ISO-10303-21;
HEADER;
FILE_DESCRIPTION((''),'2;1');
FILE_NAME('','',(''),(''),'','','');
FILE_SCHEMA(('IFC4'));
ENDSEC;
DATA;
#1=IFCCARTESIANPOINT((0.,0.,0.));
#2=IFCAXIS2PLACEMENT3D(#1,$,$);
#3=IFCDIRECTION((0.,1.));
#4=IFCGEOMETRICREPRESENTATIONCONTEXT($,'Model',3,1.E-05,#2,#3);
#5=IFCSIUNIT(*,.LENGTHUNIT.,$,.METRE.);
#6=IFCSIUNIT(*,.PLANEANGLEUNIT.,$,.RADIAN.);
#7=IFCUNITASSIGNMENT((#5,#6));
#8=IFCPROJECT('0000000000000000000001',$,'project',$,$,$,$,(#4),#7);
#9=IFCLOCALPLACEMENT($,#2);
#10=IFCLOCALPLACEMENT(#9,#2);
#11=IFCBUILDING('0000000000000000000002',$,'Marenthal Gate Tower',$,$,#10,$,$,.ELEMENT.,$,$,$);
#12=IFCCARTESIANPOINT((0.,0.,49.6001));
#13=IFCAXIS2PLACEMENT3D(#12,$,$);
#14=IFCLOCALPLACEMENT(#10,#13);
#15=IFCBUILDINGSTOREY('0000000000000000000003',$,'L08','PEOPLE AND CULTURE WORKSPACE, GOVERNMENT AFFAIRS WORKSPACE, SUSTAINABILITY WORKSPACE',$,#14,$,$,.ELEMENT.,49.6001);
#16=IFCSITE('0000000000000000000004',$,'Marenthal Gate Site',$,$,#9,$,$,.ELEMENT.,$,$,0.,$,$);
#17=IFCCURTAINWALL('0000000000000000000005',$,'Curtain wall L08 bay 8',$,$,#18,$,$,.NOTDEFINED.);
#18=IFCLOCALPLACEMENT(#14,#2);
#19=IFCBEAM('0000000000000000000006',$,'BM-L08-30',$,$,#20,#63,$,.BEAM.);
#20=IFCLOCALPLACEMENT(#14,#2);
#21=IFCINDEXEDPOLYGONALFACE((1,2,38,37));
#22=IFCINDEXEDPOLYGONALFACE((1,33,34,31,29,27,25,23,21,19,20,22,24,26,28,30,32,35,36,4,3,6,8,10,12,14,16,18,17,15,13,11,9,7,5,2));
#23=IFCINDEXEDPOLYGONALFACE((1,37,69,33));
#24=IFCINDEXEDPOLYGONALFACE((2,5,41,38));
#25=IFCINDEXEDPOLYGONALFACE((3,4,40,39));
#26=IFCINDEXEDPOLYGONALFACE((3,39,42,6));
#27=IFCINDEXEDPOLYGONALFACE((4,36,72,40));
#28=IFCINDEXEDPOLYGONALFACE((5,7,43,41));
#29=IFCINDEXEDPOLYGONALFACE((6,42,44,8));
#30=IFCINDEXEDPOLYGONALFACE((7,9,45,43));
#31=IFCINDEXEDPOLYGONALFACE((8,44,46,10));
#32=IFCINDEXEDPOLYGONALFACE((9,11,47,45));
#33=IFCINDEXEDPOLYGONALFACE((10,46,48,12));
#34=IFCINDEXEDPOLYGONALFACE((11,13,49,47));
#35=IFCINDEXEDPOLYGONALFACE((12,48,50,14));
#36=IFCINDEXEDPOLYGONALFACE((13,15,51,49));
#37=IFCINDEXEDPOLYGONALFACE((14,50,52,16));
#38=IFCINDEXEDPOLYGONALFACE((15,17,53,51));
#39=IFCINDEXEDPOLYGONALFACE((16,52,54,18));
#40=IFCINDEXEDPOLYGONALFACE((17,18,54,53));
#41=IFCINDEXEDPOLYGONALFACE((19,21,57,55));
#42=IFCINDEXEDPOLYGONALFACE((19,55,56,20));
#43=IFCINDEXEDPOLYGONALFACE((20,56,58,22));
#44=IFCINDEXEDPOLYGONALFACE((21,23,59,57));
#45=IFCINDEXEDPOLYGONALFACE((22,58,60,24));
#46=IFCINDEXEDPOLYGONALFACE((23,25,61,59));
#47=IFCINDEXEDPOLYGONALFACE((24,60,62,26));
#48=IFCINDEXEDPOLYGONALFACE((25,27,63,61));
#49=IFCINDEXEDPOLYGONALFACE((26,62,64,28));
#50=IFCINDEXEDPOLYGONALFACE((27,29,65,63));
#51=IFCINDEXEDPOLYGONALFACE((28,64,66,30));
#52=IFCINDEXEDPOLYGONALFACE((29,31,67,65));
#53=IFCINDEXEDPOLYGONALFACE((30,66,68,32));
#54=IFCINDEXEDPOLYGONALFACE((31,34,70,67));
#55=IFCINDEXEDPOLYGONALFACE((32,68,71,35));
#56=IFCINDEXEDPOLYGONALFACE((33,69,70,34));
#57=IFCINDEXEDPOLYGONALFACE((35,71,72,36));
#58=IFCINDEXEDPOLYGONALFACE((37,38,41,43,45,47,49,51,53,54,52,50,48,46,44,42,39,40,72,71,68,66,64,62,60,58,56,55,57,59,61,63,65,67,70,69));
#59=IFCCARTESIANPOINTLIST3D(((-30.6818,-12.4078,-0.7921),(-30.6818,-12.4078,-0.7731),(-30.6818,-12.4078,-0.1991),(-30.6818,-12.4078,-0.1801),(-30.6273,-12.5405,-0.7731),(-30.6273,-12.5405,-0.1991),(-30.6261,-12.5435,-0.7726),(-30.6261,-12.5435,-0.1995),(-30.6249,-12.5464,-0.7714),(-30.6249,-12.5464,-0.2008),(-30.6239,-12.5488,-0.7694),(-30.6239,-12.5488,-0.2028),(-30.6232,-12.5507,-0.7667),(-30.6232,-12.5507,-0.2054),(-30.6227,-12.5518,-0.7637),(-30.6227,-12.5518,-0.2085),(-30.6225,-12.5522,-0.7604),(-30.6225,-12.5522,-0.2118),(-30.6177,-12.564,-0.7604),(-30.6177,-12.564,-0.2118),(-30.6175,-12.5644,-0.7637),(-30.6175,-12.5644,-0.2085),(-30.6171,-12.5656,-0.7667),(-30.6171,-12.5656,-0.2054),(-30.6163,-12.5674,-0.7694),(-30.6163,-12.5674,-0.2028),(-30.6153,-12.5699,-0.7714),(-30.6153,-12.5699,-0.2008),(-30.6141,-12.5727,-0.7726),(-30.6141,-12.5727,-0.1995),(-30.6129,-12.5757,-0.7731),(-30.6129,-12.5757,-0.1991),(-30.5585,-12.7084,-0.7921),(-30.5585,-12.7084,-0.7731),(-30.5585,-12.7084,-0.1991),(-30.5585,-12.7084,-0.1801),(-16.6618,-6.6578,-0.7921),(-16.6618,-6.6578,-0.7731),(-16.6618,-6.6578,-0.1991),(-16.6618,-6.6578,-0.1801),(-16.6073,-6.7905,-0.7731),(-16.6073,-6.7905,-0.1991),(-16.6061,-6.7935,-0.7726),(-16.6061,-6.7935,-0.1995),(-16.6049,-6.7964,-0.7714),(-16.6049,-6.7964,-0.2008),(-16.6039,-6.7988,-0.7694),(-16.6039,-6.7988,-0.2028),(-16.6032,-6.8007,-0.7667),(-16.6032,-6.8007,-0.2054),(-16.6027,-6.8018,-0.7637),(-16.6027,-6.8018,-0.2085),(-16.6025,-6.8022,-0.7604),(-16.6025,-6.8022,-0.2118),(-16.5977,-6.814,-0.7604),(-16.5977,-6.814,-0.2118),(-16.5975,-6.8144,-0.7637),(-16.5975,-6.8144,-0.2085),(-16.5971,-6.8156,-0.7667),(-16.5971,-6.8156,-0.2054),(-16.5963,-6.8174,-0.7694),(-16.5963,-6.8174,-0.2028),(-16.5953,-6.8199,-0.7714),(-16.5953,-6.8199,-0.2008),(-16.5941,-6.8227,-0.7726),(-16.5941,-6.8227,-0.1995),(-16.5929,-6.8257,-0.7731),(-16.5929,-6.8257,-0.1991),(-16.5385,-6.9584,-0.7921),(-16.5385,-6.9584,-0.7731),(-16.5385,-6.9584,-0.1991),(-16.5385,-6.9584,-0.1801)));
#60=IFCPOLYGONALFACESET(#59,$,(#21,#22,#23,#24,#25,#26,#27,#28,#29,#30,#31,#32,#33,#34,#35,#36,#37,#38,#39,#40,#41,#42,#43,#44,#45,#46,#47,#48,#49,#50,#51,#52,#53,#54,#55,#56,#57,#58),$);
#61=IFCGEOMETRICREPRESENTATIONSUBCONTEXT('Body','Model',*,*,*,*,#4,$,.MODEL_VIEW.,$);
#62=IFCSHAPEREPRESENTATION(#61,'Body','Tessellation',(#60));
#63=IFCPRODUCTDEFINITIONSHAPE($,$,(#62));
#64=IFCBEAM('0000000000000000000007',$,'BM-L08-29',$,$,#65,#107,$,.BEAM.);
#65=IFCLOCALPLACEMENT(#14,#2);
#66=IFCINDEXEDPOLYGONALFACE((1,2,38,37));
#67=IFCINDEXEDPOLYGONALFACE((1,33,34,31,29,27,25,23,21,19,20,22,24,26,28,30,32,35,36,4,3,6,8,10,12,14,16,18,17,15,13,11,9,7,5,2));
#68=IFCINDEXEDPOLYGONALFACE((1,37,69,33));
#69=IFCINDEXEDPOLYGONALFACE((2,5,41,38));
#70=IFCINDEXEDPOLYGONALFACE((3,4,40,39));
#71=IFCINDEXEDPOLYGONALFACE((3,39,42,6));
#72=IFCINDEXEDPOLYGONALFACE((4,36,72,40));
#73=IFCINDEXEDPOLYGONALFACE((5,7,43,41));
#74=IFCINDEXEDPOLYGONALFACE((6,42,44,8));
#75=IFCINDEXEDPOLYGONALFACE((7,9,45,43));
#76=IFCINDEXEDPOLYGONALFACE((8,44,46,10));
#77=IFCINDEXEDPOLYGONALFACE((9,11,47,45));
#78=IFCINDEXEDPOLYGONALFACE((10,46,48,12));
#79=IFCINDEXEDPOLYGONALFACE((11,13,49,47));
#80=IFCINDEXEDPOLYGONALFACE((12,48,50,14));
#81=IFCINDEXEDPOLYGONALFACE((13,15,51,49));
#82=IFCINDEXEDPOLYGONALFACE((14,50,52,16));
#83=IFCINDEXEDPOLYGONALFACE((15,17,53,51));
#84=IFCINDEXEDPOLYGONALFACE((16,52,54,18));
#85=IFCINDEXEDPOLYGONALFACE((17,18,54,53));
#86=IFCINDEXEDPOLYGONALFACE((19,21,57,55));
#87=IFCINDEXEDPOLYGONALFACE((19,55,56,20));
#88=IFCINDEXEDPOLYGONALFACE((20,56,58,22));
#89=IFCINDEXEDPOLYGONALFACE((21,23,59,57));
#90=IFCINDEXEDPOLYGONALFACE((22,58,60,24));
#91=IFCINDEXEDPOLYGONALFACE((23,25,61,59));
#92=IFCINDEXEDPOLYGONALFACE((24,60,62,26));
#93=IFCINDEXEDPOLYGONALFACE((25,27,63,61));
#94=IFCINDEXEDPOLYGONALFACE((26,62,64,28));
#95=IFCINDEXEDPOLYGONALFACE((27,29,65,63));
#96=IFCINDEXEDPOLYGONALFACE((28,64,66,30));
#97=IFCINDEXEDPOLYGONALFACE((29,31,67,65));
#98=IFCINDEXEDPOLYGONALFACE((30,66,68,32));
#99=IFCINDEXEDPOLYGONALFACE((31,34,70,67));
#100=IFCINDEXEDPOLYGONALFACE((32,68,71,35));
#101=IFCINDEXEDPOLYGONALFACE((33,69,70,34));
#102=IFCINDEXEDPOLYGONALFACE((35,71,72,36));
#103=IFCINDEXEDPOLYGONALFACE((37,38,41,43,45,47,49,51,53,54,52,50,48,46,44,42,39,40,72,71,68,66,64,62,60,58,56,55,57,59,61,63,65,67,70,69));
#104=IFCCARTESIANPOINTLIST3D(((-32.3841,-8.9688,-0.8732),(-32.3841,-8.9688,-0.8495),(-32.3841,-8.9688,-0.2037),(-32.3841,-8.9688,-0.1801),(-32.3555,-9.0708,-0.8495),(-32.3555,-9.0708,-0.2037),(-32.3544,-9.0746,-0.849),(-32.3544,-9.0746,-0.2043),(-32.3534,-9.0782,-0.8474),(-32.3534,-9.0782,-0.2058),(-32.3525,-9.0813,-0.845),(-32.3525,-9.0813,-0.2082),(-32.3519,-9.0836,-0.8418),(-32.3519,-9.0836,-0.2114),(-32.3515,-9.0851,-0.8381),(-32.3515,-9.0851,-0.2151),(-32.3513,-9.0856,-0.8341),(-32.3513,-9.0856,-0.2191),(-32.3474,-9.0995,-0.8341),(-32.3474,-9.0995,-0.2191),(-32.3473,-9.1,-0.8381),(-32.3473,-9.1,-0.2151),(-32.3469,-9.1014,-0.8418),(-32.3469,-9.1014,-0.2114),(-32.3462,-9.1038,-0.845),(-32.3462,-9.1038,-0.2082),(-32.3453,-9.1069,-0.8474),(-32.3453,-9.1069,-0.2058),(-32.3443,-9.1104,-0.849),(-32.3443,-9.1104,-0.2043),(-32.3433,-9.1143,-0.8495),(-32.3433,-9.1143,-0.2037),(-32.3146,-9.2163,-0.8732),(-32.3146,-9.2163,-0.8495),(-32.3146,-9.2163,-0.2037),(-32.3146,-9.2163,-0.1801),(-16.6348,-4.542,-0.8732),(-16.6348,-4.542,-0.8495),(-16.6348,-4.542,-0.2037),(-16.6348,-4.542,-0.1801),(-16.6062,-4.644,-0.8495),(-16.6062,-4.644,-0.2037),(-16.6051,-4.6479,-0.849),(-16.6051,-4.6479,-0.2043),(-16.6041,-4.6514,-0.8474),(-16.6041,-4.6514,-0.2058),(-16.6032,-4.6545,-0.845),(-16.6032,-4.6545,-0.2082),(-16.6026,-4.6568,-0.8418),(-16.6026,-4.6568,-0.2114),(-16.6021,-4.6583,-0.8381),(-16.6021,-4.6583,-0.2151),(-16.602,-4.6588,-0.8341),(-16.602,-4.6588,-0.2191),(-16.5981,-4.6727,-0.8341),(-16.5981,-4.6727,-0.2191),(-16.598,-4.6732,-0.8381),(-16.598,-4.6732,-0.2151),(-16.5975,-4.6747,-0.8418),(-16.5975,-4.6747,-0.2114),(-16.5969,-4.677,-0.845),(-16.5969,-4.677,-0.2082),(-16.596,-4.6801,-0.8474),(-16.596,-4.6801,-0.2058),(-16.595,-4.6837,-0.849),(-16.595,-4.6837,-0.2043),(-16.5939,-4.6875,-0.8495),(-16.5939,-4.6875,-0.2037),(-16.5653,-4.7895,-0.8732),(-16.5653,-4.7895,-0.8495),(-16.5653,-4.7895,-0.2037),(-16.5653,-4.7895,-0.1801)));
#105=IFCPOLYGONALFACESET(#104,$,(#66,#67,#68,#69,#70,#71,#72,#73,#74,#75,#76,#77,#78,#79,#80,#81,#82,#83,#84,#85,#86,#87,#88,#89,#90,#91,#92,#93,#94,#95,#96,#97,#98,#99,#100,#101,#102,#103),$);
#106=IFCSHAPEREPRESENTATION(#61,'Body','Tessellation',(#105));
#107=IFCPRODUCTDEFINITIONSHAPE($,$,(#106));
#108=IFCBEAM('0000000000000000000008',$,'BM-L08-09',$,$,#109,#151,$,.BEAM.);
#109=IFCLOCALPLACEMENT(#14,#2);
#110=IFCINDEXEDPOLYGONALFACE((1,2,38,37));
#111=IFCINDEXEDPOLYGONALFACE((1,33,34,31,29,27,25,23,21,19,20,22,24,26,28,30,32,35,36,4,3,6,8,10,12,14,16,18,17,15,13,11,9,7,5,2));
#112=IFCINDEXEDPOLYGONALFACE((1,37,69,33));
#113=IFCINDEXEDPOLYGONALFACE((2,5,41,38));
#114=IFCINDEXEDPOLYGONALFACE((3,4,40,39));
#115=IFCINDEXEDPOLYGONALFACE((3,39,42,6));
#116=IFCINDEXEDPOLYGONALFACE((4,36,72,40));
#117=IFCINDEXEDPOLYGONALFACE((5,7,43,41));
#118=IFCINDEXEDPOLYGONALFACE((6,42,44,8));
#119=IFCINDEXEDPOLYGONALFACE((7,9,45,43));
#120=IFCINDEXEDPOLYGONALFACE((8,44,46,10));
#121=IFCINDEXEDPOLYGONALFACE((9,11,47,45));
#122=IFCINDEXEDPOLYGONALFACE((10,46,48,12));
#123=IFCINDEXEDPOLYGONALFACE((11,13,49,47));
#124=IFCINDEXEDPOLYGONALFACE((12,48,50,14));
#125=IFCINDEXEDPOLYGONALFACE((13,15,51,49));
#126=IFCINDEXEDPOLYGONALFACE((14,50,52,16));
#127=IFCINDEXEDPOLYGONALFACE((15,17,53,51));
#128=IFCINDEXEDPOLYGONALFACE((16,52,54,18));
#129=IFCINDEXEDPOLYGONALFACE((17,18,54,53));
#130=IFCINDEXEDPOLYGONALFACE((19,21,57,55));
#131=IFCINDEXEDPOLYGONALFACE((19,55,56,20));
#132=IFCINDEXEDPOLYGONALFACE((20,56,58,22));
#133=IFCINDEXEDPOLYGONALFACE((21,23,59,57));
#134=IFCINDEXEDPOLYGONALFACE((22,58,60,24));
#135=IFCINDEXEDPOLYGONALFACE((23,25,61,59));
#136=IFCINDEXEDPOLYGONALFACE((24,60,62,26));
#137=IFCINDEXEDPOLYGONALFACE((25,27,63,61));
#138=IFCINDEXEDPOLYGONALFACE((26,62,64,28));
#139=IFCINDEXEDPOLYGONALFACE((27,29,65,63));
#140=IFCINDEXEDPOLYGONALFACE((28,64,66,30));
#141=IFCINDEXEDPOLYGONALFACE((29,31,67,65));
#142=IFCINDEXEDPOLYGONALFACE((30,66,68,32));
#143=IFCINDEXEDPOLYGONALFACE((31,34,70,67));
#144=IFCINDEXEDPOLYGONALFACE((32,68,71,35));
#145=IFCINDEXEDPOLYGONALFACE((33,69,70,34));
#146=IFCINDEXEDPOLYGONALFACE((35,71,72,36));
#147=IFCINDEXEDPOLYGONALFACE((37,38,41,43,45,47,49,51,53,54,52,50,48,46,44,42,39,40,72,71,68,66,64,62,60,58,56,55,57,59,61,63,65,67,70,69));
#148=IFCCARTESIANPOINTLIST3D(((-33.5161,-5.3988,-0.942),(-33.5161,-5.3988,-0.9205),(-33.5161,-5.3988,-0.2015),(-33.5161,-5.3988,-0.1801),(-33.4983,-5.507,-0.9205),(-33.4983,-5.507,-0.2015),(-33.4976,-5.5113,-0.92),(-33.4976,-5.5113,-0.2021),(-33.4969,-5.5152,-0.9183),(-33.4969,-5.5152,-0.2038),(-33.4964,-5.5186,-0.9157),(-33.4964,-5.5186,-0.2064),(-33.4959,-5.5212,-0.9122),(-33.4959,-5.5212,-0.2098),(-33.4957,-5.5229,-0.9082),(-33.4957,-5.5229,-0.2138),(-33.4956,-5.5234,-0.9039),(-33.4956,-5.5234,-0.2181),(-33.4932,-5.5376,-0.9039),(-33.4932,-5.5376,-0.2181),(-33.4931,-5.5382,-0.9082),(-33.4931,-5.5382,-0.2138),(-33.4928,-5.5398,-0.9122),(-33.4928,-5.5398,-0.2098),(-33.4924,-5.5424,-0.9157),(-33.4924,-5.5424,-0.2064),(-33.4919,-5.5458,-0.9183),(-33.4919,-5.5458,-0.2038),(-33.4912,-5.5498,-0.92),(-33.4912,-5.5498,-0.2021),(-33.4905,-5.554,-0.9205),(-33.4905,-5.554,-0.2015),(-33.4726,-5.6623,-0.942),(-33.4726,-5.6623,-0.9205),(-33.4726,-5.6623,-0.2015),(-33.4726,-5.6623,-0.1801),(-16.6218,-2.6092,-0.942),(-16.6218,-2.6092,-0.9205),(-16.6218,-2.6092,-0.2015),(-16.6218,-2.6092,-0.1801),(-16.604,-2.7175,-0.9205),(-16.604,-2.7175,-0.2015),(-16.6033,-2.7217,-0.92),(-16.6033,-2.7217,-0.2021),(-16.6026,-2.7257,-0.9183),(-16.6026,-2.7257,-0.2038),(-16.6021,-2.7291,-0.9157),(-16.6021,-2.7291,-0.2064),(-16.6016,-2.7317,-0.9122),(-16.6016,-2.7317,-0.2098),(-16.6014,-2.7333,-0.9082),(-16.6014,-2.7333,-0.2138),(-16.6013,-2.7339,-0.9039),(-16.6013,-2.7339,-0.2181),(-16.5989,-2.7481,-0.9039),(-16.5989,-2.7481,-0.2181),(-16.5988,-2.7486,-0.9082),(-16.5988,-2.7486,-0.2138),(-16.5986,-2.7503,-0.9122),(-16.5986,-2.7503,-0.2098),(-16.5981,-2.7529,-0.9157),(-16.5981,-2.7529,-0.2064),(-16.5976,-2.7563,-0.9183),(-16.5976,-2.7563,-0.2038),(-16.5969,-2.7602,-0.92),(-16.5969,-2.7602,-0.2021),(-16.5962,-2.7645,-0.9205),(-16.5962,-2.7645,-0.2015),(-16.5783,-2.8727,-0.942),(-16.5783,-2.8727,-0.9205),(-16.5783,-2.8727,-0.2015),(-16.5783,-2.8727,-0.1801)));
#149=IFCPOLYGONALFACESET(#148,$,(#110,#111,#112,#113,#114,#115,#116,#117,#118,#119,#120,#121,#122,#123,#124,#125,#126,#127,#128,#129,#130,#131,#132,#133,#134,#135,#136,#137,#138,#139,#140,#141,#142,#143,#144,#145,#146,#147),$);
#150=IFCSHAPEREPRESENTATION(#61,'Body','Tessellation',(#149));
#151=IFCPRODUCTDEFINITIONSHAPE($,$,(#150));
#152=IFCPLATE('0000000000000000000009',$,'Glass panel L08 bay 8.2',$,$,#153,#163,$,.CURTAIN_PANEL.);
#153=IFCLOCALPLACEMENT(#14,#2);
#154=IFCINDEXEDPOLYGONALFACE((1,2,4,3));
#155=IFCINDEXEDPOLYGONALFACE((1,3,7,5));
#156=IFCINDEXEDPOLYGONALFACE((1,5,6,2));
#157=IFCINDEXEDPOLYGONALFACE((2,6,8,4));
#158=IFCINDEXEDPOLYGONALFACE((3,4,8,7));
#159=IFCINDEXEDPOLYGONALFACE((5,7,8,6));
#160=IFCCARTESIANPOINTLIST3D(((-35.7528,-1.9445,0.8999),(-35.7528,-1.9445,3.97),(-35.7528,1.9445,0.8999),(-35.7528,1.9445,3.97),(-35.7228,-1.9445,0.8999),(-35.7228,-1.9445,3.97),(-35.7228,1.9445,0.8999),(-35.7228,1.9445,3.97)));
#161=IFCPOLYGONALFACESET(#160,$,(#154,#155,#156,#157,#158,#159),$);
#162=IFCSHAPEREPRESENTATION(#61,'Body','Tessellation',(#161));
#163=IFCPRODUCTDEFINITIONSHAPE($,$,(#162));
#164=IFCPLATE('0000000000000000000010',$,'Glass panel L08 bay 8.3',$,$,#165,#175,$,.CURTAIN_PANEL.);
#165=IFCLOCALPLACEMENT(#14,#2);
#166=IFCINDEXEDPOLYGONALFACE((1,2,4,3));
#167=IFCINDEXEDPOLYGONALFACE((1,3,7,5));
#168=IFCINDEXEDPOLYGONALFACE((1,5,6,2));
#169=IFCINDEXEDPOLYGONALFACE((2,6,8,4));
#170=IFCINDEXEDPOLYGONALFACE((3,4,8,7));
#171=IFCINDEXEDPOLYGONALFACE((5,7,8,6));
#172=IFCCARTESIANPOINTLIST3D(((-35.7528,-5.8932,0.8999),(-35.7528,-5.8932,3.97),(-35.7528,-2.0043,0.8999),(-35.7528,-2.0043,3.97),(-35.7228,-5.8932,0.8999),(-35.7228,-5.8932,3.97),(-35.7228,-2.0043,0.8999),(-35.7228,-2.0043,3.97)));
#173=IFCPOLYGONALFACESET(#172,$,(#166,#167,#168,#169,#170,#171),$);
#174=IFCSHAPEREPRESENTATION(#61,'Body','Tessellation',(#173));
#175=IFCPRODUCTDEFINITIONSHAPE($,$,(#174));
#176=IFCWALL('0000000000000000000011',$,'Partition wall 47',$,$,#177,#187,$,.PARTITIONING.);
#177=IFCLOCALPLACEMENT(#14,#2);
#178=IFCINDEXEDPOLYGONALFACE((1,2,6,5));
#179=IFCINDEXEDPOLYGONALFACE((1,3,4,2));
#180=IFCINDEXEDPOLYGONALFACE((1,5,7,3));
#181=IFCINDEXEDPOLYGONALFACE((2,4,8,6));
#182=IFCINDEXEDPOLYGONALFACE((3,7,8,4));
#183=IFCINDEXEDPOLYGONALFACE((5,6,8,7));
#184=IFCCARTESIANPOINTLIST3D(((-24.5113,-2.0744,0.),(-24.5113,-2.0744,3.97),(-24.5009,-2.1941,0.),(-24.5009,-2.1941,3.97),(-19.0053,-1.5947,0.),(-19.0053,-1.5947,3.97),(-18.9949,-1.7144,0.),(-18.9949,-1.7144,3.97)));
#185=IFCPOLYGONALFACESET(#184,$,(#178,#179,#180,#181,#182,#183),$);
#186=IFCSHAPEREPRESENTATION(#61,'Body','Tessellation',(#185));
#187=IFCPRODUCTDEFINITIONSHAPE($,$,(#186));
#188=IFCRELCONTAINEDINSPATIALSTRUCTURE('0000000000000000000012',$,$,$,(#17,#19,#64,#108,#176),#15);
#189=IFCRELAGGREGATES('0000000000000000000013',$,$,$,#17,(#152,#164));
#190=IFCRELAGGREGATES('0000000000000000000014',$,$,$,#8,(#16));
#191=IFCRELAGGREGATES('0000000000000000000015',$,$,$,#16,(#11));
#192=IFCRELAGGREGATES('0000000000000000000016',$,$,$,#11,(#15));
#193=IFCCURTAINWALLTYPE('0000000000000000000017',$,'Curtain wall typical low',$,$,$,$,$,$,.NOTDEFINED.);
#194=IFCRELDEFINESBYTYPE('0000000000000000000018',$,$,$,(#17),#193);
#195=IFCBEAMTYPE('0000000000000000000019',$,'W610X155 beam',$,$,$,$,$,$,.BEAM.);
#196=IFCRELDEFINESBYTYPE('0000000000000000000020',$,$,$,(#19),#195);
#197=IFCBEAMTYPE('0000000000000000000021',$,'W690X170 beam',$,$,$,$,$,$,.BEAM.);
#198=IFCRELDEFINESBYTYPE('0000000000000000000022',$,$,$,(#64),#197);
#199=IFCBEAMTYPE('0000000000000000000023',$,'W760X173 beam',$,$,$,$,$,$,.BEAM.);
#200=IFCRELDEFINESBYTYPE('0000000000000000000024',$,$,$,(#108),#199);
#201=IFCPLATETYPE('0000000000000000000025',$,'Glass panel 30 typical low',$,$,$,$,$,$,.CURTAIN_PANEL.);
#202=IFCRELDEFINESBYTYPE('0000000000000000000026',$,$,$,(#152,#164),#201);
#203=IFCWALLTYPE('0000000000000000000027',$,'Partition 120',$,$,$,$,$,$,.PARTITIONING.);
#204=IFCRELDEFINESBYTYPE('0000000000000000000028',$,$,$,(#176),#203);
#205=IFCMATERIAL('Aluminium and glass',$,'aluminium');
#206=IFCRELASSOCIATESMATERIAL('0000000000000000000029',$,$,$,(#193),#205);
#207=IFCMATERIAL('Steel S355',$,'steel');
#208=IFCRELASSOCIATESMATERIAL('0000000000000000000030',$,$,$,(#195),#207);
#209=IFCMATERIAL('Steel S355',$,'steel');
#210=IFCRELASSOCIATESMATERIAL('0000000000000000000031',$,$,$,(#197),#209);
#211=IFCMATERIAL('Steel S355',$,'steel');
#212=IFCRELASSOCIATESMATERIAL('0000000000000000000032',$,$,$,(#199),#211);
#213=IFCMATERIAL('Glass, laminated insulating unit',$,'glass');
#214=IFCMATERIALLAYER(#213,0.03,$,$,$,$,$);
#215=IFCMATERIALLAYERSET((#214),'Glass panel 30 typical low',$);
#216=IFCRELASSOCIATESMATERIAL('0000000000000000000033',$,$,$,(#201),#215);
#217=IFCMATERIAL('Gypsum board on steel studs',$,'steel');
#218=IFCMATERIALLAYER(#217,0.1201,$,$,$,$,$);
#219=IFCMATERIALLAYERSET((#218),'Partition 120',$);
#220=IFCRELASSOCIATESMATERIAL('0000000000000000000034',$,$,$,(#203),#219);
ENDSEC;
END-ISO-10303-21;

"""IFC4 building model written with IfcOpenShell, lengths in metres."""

from ifc_helpers import new_model, si_unit, direction, frame, frame_2d, origin, origin_2d, place, context, subcontext, project, spatial, rectangle, i_section, extrude, material, layer, layer_set, material_profile, profile_set, type_object, element, aggregate, save


model = new_model("IFC4")

# Units and contexts
model_context = context("Model", 3, precision=1e-05, world=origin(), true_north=direction((0.0, 1.0)))
body_context = subcontext(model_context, "Body", "Model", "MODEL_VIEW")
ifc_project = project(units=[si_unit("LENGTHUNIT", "METRE"), si_unit("PLANEANGLEUNIT", "RADIAN")], contexts=[model_context])

# Site, building, storey
site_placement = place(None, origin())
site = spatial("IfcSite", under=ifc_project, at=site_placement, Name="Marenthal Gate Site", CompositionType="ELEMENT", RefElevation=0.0)
building_placement = place(site_placement, origin())
building = spatial("IfcBuilding", under=site, at=building_placement, Name="Marenthal Gate Tower", CompositionType="ELEMENT")
storey_placement = place(building_placement, frame((0.0, 0.0, 49.6001)))
storey = spatial("IfcBuildingStorey", under=building, at=storey_placement, Name="L08", Description="PEOPLE AND CULTURE WORKSPACE, GOVERNMENT AFFAIRS WORKSPACE, SUSTAINABILITY WORKSPACE", CompositionType="ELEMENT", Elevation=49.6001)

# Curtain wall
ifc_material_1 = material(Name="Aluminium and glass", Category="aluminium")
curtain_wall_type = type_object("IfcCurtainWallType", Name="Curtain wall typical low", PredefinedType="NOTDEFINED", material=ifc_material_1)
curtain_wall_placement = place(storey_placement, origin())
curtain_wall = element("IfcCurtainWall", 1, at=curtain_wall_placement, inside=storey, type_object=curtain_wall_type, Name="Curtain wall L08 bay 8", PredefinedType="NOTDEFINED")

# Beams
ifc_material_2 = material(Name="Steel S355", Category="steel")
ifc_material_profile_1 = material_profile(ifc_material_2, i_section(OverallWidth=0.325, OverallDepth=0.6121, WebThickness=0.0127, FlangeThickness=0.019, FilletRadius=0.0127, at=origin_2d()), Name="W610X155")
ifc_profile_set_1 = profile_set([ifc_material_profile_1], Name="Steel S355")
beam_type_1 = type_object("IfcBeamType", Name="W610X155 beam", PredefinedType="BEAM", material=ifc_profile_set_1)
beam_1_placement = place(storey_placement, frame((-30.6201, -12.5581, -0.4861), z_axis=(0.92521, 0.379455, 0.0), x_axis=(-0.379455, 0.92521, 0.0)))
element("IfcBeam", 2, at=beam_1_placement, inside=storey, type_object=beam_type_1, Name="BM-L08-30", PredefinedType="BEAM", context=body_context, shape_type="SweptSolid", body=[
    extrude(i_section(OverallWidth=0.325, OverallDepth=0.6121, WebThickness=0.0127, FlangeThickness=0.019, FilletRadius=0.0127, at=origin_2d()), origin(), (0.0, 0.0, 1.0), 15.1533),
])
ifc_material_3 = material(Name="Steel S355", Category="steel")
ifc_material_profile_2 = material_profile(ifc_material_3, i_section(OverallWidth=0.2571, OverallDepth=0.6931, WebThickness=0.0144, FlangeThickness=0.0237, FilletRadius=0.0154, at=origin_2d()), Name="W690X170")
ifc_profile_set_2 = profile_set([ifc_material_profile_2], Name="Steel S355")
beam_type_2 = type_object("IfcBeamType", Name="W690X170 beam", PredefinedType="BEAM", material=ifc_profile_set_2)
beam_2_placement = place(storey_placement, frame((-32.3494, -9.0925, -0.5266), z_axis=(0.962694, 0.270591, 0.0), x_axis=(-0.270591, 0.962694, 0.0)))
element("IfcBeam", 3, at=beam_2_placement, inside=storey, type_object=beam_type_2, Name="BM-L08-29", PredefinedType="BEAM", context=body_context, shape_type="SweptSolid", body=[
    extrude(i_section(OverallWidth=0.2571, OverallDepth=0.6931, WebThickness=0.0144, FlangeThickness=0.0237, FilletRadius=0.0154, at=origin_2d()), origin(), (0.0, 0.0, 1.0), 16.3596),
])
ifc_material_4 = material(Name="Steel S355", Category="steel")
ifc_material_profile_3 = material_profile(ifc_material_4, i_section(OverallWidth=0.2671, OverallDepth=0.762, WebThickness=0.0144, FlangeThickness=0.0215, FilletRadius=0.0166, at=origin_2d()), Name="W760X173")
ifc_profile_set_3 = profile_set([ifc_material_profile_3], Name="Steel S355")
beam_type_3 = type_object("IfcBeamType", Name="W760X173 beam", PredefinedType="BEAM", material=ifc_profile_set_3)
beam_3_placement = place(storey_placement, frame((-33.4944, -5.5305, -0.561), z_axis=(0.986641, 0.162912, 0.0), x_axis=(-0.162912, 0.986641, 0.0)))
element("IfcBeam", 4, at=beam_3_placement, inside=storey, type_object=beam_type_3, Name="BM-L08-09", PredefinedType="BEAM", context=body_context, shape_type="SweptSolid", body=[
    extrude(i_section(OverallWidth=0.2671, OverallDepth=0.762, WebThickness=0.0144, FlangeThickness=0.0215, FilletRadius=0.0166, at=origin_2d()), origin(), (0.0, 0.0, 1.0), 17.123),
])

# Plates
ifc_material_5 = material(Name="Glass, laminated insulating unit", Category="glass")
ifc_layer_1 = layer(ifc_material_5, 0.03)
ifc_layer_set_1 = layer_set([ifc_layer_1], Name="Glass panel 30 typical low")
plate_type = type_object("IfcPlateType", Name="Glass panel 30 typical low", PredefinedType="CURTAIN_PANEL", material=ifc_layer_set_1)
plate_1_placement = place(storey_placement, frame((-35.7378, 0.0, 0.8999), z_axis=(0.0, 0.0, 1.0), x_axis=(0.0, -1.0, 0.0)))
plate_1 = element("IfcPlate", 5, at=plate_1_placement, type_object=plate_type, Name="Glass panel L08 bay 8.2", PredefinedType="CURTAIN_PANEL", context=body_context, shape_type="SweptSolid", body=[
    extrude(rectangle(XDim=3.8889, YDim=0.03, at=origin_2d()), origin(), (0.0, 0.0, 1.0), 3.0701),
])
plate_2_placement = place(storey_placement, frame((-35.7378, -3.9487, 0.8999), z_axis=(0.0, 0.0, 1.0), x_axis=(0.0, -1.0, 0.0)))
plate_2 = element("IfcPlate", 6, at=plate_2_placement, type_object=plate_type, Name="Glass panel L08 bay 8.3", PredefinedType="CURTAIN_PANEL", context=body_context, shape_type="SweptSolid", body=[
    extrude(rectangle(XDim=3.8889, YDim=0.03, at=origin_2d()), origin(), (0.0, 0.0, 1.0), 3.0701),
])
aggregate(curtain_wall, [plate_1, plate_2])

# Wall
ifc_material_6 = material(Name="Gypsum board on steel studs", Category="steel")
ifc_layer_2 = layer(ifc_material_6, 0.1201)
ifc_layer_set_2 = layer_set([ifc_layer_2], Name="Partition 120")
wall_type_1 = type_object("IfcWallType", Name="Partition 120", PredefinedType="PARTITIONING", material=ifc_layer_set_2)
wall_1_placement = place(storey_placement, frame((-24.5061, -2.1343, 0.0), z_axis=(0.0, 0.0, 1.0), x_axis=(0.996226, 0.086799, 0.0)))
element("IfcWall", 7, at=wall_1_placement, inside=storey, type_object=wall_type_1, Name="Partition wall 47", PredefinedType="PARTITIONING", context=body_context, shape_type="SweptSolid", body=[
    extrude(rectangle(XDim=5.5269, YDim=0.1201, at=frame_2d((2.7634, 0.0))), origin(), (0.0, 0.0, 1.0), 3.97),
])

save(model, "model.ifc")
